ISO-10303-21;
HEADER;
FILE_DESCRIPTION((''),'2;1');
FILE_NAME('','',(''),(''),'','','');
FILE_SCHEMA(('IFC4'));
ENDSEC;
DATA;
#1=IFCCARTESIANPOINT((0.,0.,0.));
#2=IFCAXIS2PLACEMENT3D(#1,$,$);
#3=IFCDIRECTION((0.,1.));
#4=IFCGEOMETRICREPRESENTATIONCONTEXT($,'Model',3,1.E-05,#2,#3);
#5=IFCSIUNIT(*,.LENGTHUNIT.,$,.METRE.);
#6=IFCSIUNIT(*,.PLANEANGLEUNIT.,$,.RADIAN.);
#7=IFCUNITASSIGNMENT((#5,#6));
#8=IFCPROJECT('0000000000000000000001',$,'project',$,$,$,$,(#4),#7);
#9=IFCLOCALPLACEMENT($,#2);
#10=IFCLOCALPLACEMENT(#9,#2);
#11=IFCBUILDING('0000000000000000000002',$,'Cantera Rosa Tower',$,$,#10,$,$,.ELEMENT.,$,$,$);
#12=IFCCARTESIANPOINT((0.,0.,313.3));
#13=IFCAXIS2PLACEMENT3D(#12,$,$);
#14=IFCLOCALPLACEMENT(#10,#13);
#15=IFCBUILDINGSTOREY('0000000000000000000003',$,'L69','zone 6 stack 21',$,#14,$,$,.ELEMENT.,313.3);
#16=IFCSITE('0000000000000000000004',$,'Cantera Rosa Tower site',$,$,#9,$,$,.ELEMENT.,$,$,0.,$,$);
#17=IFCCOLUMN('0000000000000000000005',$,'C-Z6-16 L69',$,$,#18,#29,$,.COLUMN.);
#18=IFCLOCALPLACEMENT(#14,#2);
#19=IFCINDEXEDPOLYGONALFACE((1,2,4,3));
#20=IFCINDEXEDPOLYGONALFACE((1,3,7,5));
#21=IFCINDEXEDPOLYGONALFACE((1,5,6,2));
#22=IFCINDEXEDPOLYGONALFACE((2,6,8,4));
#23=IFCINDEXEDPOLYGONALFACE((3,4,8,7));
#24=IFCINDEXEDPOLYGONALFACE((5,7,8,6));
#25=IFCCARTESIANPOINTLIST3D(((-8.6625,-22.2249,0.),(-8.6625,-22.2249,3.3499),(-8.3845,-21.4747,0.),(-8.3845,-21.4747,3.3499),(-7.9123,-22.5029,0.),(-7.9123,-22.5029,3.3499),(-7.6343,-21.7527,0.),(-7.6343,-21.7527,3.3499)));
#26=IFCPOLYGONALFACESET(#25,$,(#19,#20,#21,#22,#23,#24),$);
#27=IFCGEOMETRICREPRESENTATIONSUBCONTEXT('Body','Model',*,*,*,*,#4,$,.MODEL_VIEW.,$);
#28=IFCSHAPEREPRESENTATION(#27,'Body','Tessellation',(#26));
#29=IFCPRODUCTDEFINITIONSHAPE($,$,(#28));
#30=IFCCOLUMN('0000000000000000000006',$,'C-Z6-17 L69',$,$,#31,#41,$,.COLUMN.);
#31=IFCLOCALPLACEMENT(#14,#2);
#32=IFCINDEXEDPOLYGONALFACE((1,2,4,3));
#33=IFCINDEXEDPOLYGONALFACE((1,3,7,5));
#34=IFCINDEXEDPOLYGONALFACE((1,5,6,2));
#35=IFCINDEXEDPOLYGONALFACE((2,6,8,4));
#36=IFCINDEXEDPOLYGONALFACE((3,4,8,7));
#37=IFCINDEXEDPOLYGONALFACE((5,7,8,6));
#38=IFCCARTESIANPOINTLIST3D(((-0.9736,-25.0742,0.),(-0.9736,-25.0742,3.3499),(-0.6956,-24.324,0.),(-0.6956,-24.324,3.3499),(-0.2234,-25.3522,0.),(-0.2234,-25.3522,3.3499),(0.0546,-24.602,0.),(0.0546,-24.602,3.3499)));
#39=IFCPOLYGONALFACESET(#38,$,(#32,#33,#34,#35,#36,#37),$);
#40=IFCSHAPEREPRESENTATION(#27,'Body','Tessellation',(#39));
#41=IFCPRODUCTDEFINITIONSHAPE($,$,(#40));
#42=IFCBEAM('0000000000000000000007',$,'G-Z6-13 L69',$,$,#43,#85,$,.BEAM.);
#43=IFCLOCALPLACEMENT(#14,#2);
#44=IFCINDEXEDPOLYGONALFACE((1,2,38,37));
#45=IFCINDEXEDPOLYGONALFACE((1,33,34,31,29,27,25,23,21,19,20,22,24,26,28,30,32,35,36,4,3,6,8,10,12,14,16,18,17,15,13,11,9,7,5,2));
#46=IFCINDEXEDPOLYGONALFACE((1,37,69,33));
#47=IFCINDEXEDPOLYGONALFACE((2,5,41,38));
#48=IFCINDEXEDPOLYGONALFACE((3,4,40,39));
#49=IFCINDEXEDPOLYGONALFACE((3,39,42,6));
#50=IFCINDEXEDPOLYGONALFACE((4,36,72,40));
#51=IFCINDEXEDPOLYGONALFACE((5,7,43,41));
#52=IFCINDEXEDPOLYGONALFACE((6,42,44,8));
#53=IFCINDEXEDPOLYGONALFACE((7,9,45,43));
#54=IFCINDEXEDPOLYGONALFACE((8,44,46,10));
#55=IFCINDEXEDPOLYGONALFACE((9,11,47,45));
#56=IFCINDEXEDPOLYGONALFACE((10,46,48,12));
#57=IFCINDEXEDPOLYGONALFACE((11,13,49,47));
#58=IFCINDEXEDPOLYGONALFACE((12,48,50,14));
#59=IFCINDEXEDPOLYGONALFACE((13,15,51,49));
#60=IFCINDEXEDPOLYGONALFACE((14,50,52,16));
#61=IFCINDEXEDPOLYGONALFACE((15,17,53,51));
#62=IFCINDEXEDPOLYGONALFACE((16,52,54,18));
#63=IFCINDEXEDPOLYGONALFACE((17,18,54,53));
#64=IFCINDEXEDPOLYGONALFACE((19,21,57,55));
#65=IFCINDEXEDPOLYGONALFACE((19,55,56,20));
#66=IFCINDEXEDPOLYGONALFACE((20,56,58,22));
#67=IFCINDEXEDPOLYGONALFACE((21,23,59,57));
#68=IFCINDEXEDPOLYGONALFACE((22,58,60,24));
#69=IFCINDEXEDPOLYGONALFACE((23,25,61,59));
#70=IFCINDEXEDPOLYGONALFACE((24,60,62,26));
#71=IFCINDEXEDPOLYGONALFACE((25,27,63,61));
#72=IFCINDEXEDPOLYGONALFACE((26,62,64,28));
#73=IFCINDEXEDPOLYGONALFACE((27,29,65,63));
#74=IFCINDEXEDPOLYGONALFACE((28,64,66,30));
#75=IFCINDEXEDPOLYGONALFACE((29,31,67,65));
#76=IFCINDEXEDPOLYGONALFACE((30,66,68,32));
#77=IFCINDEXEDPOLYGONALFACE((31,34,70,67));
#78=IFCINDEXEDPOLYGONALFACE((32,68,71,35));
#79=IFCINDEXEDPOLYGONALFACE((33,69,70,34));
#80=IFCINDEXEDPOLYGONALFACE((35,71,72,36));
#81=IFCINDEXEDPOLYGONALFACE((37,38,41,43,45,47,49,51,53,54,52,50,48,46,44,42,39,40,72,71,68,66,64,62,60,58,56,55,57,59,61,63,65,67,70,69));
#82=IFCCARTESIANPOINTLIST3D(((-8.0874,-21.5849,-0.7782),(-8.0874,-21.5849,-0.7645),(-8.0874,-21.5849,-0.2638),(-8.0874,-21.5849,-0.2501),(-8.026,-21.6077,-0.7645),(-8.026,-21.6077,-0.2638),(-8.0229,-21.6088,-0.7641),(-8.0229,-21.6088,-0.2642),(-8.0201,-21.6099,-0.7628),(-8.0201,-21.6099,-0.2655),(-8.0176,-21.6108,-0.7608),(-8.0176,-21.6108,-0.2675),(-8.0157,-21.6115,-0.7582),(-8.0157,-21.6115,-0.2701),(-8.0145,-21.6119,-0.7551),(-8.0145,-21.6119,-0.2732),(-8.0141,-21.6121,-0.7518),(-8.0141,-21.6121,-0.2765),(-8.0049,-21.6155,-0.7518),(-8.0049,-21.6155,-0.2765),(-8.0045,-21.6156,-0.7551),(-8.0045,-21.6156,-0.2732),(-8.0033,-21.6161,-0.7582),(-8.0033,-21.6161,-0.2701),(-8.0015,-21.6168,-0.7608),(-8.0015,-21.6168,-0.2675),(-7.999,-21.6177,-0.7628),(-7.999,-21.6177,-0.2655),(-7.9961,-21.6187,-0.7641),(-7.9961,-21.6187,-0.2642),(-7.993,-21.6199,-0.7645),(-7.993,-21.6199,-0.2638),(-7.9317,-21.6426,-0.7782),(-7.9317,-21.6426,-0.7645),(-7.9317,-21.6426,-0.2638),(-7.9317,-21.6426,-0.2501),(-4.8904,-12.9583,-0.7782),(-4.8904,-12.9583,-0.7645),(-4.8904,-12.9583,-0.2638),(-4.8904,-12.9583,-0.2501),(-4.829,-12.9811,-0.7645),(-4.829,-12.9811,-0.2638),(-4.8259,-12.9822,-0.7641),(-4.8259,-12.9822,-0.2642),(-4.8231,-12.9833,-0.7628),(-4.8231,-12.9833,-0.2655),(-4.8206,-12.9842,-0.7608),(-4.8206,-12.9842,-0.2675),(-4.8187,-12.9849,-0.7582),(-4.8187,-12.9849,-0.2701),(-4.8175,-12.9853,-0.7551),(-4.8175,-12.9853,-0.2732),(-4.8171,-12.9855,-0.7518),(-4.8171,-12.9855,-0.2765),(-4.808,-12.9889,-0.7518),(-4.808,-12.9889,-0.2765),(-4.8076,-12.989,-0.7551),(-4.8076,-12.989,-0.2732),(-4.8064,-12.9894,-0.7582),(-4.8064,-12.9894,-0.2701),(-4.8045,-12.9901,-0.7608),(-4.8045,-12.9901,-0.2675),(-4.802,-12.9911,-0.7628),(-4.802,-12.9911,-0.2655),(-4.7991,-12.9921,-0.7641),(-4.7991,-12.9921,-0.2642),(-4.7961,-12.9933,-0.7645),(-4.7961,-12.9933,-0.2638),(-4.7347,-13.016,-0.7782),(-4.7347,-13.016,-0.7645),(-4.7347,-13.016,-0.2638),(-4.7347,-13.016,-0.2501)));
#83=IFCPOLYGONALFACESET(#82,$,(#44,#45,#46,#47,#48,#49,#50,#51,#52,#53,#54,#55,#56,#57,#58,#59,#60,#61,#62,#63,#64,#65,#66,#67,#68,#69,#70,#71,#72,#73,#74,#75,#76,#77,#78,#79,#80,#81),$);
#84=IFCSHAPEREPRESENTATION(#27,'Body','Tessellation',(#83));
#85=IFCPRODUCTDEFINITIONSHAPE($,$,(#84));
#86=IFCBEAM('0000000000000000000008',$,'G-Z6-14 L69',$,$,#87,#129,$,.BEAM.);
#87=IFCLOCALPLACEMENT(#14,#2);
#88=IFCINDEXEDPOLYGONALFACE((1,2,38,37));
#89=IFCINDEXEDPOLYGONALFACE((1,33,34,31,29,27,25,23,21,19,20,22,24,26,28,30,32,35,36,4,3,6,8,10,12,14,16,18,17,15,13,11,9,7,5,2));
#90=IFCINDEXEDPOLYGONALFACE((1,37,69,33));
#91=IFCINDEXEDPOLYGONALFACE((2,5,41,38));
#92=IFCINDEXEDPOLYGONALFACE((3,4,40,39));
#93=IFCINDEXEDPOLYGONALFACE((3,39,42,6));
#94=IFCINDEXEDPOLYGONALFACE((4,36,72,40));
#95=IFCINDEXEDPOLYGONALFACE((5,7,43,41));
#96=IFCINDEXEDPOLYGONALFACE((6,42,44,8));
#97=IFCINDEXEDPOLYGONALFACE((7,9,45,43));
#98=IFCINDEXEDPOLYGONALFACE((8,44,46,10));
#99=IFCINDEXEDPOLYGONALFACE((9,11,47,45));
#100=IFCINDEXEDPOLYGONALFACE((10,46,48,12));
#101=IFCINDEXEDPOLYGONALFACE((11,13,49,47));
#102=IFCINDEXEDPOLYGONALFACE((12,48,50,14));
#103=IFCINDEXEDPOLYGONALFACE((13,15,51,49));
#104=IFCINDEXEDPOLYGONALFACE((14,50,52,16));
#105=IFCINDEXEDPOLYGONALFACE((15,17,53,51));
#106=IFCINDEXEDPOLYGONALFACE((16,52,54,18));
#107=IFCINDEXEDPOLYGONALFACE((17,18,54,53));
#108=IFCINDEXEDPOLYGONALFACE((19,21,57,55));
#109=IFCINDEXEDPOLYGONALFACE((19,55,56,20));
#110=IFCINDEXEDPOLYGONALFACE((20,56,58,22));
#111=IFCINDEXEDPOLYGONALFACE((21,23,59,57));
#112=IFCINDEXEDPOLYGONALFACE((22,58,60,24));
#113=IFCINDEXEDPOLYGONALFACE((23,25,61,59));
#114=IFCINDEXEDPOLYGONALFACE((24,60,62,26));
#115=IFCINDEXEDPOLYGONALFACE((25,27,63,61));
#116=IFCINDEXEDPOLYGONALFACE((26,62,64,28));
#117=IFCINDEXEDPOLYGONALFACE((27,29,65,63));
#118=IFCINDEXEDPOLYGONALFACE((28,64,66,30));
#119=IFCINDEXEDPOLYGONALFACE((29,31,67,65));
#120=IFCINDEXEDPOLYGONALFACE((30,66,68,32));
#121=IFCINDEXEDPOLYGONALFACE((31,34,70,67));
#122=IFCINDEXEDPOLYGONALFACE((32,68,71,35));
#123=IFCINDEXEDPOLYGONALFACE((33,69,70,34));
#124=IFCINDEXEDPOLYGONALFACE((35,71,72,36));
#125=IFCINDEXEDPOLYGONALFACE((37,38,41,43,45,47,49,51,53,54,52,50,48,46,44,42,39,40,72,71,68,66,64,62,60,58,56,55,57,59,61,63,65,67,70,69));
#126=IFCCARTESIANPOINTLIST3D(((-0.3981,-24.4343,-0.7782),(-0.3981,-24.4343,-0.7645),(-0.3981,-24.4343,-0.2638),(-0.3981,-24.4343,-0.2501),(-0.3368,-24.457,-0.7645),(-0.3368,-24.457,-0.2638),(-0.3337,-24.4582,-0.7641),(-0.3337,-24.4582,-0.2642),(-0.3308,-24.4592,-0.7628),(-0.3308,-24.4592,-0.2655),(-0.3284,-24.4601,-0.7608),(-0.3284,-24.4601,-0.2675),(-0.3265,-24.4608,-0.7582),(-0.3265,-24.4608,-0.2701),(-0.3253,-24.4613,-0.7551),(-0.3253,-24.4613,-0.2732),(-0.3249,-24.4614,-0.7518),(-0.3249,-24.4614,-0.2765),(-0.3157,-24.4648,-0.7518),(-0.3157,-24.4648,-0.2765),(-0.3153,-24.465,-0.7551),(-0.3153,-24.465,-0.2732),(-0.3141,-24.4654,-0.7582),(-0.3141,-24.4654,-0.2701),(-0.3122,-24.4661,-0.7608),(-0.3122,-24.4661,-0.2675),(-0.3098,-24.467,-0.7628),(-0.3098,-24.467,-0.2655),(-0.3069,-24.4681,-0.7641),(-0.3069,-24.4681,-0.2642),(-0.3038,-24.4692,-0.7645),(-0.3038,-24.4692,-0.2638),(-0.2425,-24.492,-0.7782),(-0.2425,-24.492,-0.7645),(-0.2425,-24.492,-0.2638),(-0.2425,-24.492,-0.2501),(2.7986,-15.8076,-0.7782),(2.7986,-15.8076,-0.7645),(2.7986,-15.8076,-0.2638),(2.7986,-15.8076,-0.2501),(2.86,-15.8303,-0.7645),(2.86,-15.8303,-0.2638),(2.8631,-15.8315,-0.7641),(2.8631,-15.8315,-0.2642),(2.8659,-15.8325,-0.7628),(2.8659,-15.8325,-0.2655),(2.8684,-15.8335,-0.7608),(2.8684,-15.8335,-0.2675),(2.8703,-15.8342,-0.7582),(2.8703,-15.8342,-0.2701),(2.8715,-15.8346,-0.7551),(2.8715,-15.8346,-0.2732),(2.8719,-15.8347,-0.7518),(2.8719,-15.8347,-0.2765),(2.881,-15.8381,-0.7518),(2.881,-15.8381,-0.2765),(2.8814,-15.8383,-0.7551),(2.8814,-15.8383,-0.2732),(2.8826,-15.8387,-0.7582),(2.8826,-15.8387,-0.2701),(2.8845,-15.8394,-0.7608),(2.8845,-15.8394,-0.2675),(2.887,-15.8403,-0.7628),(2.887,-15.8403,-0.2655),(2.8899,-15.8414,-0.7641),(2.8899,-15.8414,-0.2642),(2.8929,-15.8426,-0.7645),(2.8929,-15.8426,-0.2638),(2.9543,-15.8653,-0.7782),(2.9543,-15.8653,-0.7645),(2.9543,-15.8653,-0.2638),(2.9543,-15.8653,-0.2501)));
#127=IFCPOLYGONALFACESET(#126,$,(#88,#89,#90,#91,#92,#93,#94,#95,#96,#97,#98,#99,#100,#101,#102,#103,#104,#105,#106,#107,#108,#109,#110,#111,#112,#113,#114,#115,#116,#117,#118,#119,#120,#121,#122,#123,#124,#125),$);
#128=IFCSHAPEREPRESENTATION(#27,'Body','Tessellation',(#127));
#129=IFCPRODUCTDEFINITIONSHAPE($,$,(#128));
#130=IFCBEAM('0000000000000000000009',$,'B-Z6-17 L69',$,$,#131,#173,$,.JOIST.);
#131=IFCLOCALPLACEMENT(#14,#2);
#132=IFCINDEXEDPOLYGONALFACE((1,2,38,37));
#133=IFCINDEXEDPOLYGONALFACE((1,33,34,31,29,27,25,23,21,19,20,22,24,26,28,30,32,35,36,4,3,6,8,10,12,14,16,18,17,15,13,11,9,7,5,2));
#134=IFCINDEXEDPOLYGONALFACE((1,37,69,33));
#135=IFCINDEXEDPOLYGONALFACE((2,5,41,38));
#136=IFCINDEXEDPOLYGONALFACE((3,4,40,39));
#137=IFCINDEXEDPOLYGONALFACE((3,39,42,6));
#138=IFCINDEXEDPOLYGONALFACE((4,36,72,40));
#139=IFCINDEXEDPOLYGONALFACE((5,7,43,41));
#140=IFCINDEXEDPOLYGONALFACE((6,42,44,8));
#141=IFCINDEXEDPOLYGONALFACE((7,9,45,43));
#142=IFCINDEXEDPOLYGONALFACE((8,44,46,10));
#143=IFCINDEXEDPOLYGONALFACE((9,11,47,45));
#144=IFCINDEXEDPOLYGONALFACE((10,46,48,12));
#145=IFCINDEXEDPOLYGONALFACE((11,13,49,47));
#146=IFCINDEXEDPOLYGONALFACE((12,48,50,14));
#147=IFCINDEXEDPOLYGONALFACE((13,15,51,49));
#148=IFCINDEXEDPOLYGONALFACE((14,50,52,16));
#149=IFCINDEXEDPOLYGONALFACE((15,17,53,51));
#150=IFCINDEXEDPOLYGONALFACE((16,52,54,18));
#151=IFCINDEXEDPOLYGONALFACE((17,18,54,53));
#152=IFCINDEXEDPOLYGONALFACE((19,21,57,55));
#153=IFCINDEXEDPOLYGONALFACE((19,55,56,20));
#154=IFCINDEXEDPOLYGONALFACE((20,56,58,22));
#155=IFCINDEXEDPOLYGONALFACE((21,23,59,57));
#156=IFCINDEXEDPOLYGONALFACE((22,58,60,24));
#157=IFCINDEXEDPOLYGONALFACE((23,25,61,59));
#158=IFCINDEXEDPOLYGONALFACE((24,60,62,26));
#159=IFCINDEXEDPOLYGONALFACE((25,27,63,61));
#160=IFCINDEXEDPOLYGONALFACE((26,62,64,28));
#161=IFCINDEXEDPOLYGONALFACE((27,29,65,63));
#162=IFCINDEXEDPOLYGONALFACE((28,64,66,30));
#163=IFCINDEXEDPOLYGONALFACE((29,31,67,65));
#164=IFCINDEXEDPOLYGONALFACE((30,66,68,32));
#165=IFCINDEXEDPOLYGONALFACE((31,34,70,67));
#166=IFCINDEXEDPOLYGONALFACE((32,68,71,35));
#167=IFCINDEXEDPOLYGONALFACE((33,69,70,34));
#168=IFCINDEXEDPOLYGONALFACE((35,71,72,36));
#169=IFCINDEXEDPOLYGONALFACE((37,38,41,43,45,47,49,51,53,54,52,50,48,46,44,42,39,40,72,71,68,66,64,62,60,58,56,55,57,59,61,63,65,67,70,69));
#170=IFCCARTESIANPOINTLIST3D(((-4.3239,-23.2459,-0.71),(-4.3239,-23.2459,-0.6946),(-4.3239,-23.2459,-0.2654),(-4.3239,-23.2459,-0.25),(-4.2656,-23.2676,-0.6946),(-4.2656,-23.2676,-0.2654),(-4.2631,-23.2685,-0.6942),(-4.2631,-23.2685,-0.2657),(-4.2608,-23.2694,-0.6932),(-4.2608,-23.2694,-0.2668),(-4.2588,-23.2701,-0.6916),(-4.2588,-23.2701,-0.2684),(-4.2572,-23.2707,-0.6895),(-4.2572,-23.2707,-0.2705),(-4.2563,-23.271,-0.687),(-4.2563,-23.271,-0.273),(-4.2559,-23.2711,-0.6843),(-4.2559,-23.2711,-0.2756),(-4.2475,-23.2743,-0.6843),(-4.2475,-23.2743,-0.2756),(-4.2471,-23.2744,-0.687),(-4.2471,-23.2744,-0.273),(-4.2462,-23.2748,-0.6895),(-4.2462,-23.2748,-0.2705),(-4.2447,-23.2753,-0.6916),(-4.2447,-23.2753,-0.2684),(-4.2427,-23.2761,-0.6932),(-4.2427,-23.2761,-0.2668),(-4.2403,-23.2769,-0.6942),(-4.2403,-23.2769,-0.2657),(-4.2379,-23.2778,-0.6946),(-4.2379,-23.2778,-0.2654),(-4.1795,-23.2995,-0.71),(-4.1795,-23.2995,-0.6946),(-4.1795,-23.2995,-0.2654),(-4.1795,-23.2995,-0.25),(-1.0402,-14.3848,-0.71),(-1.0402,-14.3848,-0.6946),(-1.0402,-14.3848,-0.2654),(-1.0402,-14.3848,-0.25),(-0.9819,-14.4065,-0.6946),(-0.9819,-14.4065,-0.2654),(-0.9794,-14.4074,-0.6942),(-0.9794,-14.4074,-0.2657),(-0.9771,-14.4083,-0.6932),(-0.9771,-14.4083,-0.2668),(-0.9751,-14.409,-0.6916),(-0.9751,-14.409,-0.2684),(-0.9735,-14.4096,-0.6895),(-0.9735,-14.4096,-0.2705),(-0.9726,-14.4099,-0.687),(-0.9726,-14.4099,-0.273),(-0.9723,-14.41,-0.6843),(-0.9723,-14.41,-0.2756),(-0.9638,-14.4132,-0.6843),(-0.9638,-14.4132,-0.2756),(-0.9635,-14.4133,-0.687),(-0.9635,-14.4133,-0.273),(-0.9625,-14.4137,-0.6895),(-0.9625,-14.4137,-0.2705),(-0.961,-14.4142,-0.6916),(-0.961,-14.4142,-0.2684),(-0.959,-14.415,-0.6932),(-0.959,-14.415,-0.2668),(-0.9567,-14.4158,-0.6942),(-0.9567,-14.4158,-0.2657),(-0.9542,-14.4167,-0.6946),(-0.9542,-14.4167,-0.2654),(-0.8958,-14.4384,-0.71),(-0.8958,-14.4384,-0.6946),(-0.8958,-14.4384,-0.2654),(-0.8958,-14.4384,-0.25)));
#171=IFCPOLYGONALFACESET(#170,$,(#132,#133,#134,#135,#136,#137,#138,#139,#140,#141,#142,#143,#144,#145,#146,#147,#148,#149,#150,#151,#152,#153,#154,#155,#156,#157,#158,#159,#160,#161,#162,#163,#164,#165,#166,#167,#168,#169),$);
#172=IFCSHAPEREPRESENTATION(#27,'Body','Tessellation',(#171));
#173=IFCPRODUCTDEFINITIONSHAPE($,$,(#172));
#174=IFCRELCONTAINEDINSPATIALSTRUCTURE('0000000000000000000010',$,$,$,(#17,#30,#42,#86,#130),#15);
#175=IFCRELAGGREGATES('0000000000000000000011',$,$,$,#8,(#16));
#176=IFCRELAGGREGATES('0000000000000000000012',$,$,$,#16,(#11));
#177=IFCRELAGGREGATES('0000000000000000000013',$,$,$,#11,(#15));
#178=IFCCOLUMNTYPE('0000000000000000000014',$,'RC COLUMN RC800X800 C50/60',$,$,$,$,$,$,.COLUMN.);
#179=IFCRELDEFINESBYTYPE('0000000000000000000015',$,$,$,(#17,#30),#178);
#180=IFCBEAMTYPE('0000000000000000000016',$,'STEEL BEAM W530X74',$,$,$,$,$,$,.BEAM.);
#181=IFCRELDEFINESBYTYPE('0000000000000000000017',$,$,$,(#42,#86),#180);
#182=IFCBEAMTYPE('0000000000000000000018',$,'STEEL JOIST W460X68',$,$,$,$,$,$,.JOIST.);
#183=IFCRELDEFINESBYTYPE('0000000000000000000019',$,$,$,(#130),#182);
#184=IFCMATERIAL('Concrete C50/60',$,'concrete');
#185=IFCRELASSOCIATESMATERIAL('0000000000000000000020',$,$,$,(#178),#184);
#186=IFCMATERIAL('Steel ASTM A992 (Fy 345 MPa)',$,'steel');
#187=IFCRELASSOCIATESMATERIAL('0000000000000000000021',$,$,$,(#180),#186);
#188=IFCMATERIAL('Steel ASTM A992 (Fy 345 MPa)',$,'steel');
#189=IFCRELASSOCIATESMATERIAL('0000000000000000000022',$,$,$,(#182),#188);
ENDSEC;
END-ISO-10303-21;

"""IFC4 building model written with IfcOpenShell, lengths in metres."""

from ifc_helpers import new_model, si_unit, direction, frame, origin, origin_2d, place, context, subcontext, project, spatial, rectangle, i_section, extrude, material, material_profile, profile_set, type_object, element, save


model = new_model("IFC4")

# Units and contexts
model_context = context("Model", 3, precision=1e-05, world=origin(), true_north=direction((0.0, 1.0)))
body_context = subcontext(model_context, "Body", "Model", "MODEL_VIEW")
ifc_project = project(units=[si_unit("LENGTHUNIT", "METRE"), si_unit("PLANEANGLEUNIT", "RADIAN")], contexts=[model_context])

# Site, building, storey
site_placement = place(None, origin())
site = spatial("IfcSite", under=ifc_project, at=site_placement, Name="Cantera Rosa Tower site", CompositionType="ELEMENT", RefElevation=0.0)
building_placement = place(site_placement, origin())
building = spatial("IfcBuilding", under=site, at=building_placement, Name="Cantera Rosa Tower", CompositionType="ELEMENT")
storey_placement = place(building_placement, frame((0.0, 0.0, 313.3)))
storey = spatial("IfcBuildingStorey", under=building, at=storey_placement, Name="L69", Description="zone 6 stack 21", CompositionType="ELEMENT", Elevation=313.3)

# Columns
ifc_material_1 = material(Name="Concrete C50/60", Category="concrete")
ifc_material_profile_1 = material_profile(ifc_material_1, rectangle(XDim=0.8, YDim=0.8, at=origin_2d()), Name="RC COLUMN RC800X800 C50/60")
ifc_profile_set_1 = profile_set([ifc_material_profile_1], Name="Concrete C50/60")
column_type = type_object("IfcColumnType", Name="RC COLUMN RC800X800 C50/60", PredefinedType="COLUMN", material=ifc_profile_set_1)
for number, where, z_axis, x_axis, name in (
    (1, (-8.1484, -21.9888, 0.0), (0.0, 0.0, 1.0), (0.347481, 0.937687, 0.0), "C-Z6-16 L69"),
    (2, (-0.4595, -24.8381, 0.0), (0.0, 0.0, 1.0), (0.347481, 0.937687, 0.0), "C-Z6-17 L69"),
):
    element("IfcColumn", number, at=place(storey_placement, frame(where, z_axis=z_axis, x_axis=x_axis)), inside=storey, type_object=column_type, Name=name, PredefinedType="COLUMN", context=body_context, shape_type="SweptSolid", body=[
        extrude(rectangle(XDim=0.8, YDim=0.8, at=origin_2d()), origin(), (0.0, 0.0, 1.0), 3.3499),
    ])

# Beams
ifc_material_2 = material(Name="Steel ASTM A992 (Fy 345 MPa)", Category="steel")
ifc_material_profile_2 = material_profile(ifc_material_2, i_section(OverallWidth=0.166, OverallDepth=0.5281, WebThickness=0.0098, FlangeThickness=0.0137, FilletRadius=0.0127, at=origin_2d()), Name="W530X74")
ifc_profile_set_2 = profile_set([ifc_material_profile_2], Name="Steel ASTM A992 (Fy 345 MPa)")
beam_type_1 = type_object("IfcBeamType", Name="STEEL BEAM W530X74", PredefinedType="BEAM", material=ifc_profile_set_2)
for number, where, z_axis, x_axis, name in (
    (3, (-8.0095, -21.6138, -0.5142), (0.3475, 0.93768, 0.0), (-0.93768, 0.3475, 0.0), "G-Z6-13 L69"),
    (4, (-0.3203, -24.4631, -0.5142), (0.347477, 0.937689, 0.0), (-0.937689, 0.347477, 0.0), "G-Z6-14 L69"),
):
    element("IfcBeam", number, at=place(storey_placement, frame(where, z_axis=z_axis, x_axis=x_axis)), inside=storey, type_object=beam_type_1, Name=name, PredefinedType="BEAM", context=body_context, shape_type="SweptSolid", body=[
        extrude(i_section(OverallWidth=0.166, OverallDepth=0.5281, WebThickness=0.0098, FlangeThickness=0.0137, FilletRadius=0.0127, at=origin_2d()), origin(), (0.0, 0.0, 1.0), 9.2),
    ])
ifc_material_3 = material(Name="Steel ASTM A992 (Fy 345 MPa)", Category="steel")
ifc_material_profile_3 = material_profile(ifc_material_3, i_section(OverallWidth=0.1541, OverallDepth=0.46, WebThickness=0.009, FlangeThickness=0.0154, FilletRadius=0.0103, at=origin_2d()), Name="W460X68")
ifc_profile_set_3 = profile_set([ifc_material_profile_3], Name="Steel ASTM A992 (Fy 345 MPa)")
beam_type_2 = type_object("IfcBeamType", Name="STEEL JOIST W460X68", PredefinedType="JOIST", material=ifc_profile_set_3)
beam_1_placement = place(storey_placement, frame((-4.2517, -23.2727, -0.48), z_axis=(0.347483, 0.937686, 0.0), x_axis=(-0.937686, 0.347483, 0.0)))
element("IfcBeam", 5, at=beam_1_placement, inside=storey, type_object=beam_type_2, Name="B-Z6-17 L69", PredefinedType="JOIST", context=body_context, shape_type="SweptSolid", body=[
    extrude(i_section(OverallWidth=0.1541, OverallDepth=0.46, WebThickness=0.009, FlangeThickness=0.0154, FilletRadius=0.0103, at=origin_2d()), origin(), (0.0, 0.0, 1.0), 9.45),
])

save(model, "model.ifc")
